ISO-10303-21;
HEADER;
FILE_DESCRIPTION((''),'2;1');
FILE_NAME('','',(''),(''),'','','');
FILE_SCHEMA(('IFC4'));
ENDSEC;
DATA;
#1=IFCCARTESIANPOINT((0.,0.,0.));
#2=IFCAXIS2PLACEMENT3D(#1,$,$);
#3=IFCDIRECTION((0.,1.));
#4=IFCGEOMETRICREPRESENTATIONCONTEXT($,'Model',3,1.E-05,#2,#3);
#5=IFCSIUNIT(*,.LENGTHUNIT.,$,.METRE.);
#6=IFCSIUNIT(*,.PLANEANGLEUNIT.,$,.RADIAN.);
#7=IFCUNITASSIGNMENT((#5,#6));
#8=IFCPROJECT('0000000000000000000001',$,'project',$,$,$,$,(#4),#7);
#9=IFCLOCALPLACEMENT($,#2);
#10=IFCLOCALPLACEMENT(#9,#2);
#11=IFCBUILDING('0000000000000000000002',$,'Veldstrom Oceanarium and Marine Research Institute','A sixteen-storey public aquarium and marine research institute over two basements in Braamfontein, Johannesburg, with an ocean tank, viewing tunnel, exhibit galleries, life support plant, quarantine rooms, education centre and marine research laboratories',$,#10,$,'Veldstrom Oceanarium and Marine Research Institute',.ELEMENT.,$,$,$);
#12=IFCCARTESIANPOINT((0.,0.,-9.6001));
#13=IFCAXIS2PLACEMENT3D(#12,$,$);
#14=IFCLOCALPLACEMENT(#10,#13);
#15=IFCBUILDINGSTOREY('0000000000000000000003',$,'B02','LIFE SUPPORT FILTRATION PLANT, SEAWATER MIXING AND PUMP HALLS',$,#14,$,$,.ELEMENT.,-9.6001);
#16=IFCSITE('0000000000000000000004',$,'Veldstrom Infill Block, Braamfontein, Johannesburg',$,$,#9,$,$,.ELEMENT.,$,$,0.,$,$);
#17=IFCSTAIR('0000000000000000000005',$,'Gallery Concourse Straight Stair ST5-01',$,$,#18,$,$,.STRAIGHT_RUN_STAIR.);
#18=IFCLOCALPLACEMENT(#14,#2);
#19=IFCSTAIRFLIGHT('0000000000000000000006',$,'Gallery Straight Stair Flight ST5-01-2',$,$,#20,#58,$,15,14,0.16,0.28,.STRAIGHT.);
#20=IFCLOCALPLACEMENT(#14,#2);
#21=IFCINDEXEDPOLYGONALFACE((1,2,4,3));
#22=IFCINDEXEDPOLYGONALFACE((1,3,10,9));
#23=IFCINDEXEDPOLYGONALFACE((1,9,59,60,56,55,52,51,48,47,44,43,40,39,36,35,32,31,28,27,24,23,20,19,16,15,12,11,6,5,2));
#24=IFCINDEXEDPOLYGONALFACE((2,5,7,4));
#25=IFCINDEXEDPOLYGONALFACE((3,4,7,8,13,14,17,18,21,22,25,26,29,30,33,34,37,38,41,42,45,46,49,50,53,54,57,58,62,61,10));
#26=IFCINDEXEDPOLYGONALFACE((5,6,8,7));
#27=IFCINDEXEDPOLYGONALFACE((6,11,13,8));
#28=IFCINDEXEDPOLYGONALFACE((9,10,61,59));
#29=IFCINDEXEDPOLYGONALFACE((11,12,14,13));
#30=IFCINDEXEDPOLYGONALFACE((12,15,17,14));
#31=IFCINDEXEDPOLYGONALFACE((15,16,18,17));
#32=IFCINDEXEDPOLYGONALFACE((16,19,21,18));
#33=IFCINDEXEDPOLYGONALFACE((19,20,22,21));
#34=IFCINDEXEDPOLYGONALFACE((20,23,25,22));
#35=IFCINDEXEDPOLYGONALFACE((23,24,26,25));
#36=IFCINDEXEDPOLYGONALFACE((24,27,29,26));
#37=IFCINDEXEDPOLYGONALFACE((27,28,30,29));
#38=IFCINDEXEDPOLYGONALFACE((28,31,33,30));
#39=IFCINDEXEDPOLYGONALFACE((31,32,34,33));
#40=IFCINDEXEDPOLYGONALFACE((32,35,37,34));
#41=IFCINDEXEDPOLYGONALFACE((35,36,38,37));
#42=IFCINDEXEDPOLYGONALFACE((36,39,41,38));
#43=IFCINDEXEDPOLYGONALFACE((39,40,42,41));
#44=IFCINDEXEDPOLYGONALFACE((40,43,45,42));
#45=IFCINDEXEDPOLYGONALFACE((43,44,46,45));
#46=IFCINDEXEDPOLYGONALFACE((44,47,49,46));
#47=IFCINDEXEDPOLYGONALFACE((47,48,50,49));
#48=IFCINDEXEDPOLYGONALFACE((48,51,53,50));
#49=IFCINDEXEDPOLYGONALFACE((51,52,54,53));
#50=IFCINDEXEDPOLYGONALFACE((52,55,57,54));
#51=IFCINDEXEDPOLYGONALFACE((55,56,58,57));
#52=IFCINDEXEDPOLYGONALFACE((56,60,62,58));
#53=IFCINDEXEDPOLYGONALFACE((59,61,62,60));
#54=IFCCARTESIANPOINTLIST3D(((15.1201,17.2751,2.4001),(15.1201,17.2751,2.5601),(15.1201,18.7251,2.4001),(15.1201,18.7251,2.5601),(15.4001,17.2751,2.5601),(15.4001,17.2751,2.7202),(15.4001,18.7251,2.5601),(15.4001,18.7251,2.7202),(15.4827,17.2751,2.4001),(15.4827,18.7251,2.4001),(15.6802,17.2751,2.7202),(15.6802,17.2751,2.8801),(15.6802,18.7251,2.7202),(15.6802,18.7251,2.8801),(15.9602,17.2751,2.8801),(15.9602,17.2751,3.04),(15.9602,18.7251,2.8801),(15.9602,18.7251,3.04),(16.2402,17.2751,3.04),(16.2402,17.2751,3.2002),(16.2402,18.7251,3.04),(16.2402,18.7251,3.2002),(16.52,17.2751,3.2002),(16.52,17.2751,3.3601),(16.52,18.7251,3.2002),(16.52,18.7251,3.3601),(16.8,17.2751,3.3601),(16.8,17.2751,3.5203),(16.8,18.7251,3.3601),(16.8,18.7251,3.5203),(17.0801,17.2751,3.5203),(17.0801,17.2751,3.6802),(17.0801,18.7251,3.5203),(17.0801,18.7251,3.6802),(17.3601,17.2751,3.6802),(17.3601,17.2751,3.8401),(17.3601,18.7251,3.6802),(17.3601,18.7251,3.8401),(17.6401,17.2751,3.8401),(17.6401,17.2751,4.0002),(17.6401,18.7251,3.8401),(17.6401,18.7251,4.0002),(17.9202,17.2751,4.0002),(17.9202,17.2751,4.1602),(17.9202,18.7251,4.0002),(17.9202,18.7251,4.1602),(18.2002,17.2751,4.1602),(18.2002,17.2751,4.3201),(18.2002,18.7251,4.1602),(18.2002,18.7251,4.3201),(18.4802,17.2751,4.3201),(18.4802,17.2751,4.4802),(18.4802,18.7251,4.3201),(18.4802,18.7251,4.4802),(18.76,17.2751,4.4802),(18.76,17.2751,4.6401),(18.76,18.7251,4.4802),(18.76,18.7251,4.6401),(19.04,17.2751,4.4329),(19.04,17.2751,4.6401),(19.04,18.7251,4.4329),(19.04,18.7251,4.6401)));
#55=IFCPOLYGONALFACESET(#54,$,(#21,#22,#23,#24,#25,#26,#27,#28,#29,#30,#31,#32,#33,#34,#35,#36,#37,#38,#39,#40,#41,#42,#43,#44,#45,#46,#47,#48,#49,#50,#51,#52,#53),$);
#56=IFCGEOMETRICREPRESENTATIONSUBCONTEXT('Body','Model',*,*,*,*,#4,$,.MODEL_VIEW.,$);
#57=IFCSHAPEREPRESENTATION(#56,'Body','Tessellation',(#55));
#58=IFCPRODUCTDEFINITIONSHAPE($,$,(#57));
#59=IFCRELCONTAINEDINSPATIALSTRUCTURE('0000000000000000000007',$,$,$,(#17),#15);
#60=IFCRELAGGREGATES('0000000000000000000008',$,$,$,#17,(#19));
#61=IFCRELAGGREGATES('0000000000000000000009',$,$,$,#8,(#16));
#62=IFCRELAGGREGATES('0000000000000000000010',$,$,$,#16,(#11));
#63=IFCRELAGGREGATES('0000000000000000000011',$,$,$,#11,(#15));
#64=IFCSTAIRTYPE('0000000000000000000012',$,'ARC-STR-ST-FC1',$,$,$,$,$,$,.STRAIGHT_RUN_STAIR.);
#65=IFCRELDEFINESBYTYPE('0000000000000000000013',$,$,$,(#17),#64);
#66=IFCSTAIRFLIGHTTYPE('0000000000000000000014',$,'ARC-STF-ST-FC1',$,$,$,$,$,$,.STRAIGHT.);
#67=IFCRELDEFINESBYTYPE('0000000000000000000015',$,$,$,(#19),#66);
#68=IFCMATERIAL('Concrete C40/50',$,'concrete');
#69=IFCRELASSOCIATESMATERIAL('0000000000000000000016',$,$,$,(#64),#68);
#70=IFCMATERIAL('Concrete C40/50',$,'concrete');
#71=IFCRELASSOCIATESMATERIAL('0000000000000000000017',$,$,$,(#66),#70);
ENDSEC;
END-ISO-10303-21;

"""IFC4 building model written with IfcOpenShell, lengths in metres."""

from ifc_helpers import new_model, si_unit, direction, frame, origin, place, context, subcontext, project, spatial, polyline, outline, extrude, material, type_object, element, aggregate, save


model = new_model("IFC4")

# Units and contexts
model_context = context("Model", 3, precision=1e-05, world=origin(), true_north=direction((0.0, 1.0)))
body_context = subcontext(model_context, "Body", "Model", "MODEL_VIEW")
ifc_project = project(units=[si_unit("LENGTHUNIT", "METRE"), si_unit("PLANEANGLEUNIT", "RADIAN")], contexts=[model_context])

# Site, building, storey
site_placement = place(None, origin())
site = spatial("IfcSite", under=ifc_project, at=site_placement, Name="Veldstrom Infill Block, Braamfontein, Johannesburg", CompositionType="ELEMENT", RefElevation=0.0)
building_placement = place(site_placement, origin())
building = spatial("IfcBuilding", under=site, at=building_placement, Name="Veldstrom Oceanarium and Marine Research Institute", Description="A sixteen-storey public aquarium and marine research institute over two basements in Braamfontein, Johannesburg, with an ocean tank, viewing tunnel, exhibit galleries, life support plant, quarantine rooms, education centre and marine research laboratories", LongName="Veldstrom Oceanarium and Marine Research Institute", CompositionType="ELEMENT")
storey_placement = place(building_placement, frame((0.0, 0.0, -9.6001)))
storey = spatial("IfcBuildingStorey", under=building, at=storey_placement, Name="B02", Description="LIFE SUPPORT FILTRATION PLANT, SEAWATER MIXING AND PUMP HALLS", CompositionType="ELEMENT", Elevation=-9.6001)

# Stair, stair flight
ifc_material_1 = material(Name="Concrete C40/50", Category="concrete")
stair_type = type_object("IfcStairType", Name="ARC-STR-ST-FC1", PredefinedType="STRAIGHT_RUN_STAIR", material=ifc_material_1)
stair_placement = place(storey_placement, origin())
stair = element("IfcStair", 1, at=stair_placement, inside=storey, type_object=stair_type, Name="Gallery Concourse Straight Stair ST5-01", PredefinedType="STRAIGHT_RUN_STAIR")
ifc_material_2 = material(Name="Concrete C40/50", Category="concrete")
stair_flight_type = type_object("IfcStairFlightType", Name="ARC-STF-ST-FC1", PredefinedType="STRAIGHT", material=ifc_material_2)
stair_flight_placement = place(storey_placement, frame((15.1201, 18.0, 2.4001), z_axis=(0.0, 0.0, 1.0), x_axis=(1.0, 0.0, 0.0)))
stair_flight = element("IfcStairFlight", 2, at=stair_flight_placement, type_object=stair_flight_type, Name="Gallery Straight Stair Flight ST5-01-2", NumberOfRisers=15, NumberOfTreads=14, PredefinedType="STRAIGHT", RiserHeight=0.16, TreadLength=0.28, context=body_context, shape_type="SweptSolid", body=[
    extrude(outline(polyline([(0.0, 0.0), (0.0, 0.1599), (0.28, 0.1599), (0.28, 0.3201), (0.5601, 0.3201), (0.5601, 0.48), (0.8401, 0.48), (0.8401, 0.6399), (1.1201, 0.6399), (1.1201, 0.8), (1.3999, 0.8), (1.3999, 0.96), (1.6799, 0.96), (1.6799, 1.1201), (1.96, 1.1201), (1.96, 1.28), (2.24, 1.28), (2.24, 1.4399), (2.52, 1.4399), (2.52, 1.6001), (2.8, 1.6001), (2.8, 1.76), (3.0801, 1.76), (3.0801, 1.9199), (3.3601, 1.9199), (3.3601, 2.0801), (3.6399, 2.0801), (3.6399, 2.24), (3.9199, 2.24), (3.9199, 2.3999), (3.9199, 2.0327), (0.3625, 0.0), (0.0, 0.0)])), frame((0.0, 0.7251, 0.0), z_axis=(0.0, -1.0, 0.0), x_axis=(1.0, 0.0, 0.0)), (0.0, 0.0, 1.0), 1.45),
])
aggregate(stair, [stair_flight])

save(model, "model.ifc")
